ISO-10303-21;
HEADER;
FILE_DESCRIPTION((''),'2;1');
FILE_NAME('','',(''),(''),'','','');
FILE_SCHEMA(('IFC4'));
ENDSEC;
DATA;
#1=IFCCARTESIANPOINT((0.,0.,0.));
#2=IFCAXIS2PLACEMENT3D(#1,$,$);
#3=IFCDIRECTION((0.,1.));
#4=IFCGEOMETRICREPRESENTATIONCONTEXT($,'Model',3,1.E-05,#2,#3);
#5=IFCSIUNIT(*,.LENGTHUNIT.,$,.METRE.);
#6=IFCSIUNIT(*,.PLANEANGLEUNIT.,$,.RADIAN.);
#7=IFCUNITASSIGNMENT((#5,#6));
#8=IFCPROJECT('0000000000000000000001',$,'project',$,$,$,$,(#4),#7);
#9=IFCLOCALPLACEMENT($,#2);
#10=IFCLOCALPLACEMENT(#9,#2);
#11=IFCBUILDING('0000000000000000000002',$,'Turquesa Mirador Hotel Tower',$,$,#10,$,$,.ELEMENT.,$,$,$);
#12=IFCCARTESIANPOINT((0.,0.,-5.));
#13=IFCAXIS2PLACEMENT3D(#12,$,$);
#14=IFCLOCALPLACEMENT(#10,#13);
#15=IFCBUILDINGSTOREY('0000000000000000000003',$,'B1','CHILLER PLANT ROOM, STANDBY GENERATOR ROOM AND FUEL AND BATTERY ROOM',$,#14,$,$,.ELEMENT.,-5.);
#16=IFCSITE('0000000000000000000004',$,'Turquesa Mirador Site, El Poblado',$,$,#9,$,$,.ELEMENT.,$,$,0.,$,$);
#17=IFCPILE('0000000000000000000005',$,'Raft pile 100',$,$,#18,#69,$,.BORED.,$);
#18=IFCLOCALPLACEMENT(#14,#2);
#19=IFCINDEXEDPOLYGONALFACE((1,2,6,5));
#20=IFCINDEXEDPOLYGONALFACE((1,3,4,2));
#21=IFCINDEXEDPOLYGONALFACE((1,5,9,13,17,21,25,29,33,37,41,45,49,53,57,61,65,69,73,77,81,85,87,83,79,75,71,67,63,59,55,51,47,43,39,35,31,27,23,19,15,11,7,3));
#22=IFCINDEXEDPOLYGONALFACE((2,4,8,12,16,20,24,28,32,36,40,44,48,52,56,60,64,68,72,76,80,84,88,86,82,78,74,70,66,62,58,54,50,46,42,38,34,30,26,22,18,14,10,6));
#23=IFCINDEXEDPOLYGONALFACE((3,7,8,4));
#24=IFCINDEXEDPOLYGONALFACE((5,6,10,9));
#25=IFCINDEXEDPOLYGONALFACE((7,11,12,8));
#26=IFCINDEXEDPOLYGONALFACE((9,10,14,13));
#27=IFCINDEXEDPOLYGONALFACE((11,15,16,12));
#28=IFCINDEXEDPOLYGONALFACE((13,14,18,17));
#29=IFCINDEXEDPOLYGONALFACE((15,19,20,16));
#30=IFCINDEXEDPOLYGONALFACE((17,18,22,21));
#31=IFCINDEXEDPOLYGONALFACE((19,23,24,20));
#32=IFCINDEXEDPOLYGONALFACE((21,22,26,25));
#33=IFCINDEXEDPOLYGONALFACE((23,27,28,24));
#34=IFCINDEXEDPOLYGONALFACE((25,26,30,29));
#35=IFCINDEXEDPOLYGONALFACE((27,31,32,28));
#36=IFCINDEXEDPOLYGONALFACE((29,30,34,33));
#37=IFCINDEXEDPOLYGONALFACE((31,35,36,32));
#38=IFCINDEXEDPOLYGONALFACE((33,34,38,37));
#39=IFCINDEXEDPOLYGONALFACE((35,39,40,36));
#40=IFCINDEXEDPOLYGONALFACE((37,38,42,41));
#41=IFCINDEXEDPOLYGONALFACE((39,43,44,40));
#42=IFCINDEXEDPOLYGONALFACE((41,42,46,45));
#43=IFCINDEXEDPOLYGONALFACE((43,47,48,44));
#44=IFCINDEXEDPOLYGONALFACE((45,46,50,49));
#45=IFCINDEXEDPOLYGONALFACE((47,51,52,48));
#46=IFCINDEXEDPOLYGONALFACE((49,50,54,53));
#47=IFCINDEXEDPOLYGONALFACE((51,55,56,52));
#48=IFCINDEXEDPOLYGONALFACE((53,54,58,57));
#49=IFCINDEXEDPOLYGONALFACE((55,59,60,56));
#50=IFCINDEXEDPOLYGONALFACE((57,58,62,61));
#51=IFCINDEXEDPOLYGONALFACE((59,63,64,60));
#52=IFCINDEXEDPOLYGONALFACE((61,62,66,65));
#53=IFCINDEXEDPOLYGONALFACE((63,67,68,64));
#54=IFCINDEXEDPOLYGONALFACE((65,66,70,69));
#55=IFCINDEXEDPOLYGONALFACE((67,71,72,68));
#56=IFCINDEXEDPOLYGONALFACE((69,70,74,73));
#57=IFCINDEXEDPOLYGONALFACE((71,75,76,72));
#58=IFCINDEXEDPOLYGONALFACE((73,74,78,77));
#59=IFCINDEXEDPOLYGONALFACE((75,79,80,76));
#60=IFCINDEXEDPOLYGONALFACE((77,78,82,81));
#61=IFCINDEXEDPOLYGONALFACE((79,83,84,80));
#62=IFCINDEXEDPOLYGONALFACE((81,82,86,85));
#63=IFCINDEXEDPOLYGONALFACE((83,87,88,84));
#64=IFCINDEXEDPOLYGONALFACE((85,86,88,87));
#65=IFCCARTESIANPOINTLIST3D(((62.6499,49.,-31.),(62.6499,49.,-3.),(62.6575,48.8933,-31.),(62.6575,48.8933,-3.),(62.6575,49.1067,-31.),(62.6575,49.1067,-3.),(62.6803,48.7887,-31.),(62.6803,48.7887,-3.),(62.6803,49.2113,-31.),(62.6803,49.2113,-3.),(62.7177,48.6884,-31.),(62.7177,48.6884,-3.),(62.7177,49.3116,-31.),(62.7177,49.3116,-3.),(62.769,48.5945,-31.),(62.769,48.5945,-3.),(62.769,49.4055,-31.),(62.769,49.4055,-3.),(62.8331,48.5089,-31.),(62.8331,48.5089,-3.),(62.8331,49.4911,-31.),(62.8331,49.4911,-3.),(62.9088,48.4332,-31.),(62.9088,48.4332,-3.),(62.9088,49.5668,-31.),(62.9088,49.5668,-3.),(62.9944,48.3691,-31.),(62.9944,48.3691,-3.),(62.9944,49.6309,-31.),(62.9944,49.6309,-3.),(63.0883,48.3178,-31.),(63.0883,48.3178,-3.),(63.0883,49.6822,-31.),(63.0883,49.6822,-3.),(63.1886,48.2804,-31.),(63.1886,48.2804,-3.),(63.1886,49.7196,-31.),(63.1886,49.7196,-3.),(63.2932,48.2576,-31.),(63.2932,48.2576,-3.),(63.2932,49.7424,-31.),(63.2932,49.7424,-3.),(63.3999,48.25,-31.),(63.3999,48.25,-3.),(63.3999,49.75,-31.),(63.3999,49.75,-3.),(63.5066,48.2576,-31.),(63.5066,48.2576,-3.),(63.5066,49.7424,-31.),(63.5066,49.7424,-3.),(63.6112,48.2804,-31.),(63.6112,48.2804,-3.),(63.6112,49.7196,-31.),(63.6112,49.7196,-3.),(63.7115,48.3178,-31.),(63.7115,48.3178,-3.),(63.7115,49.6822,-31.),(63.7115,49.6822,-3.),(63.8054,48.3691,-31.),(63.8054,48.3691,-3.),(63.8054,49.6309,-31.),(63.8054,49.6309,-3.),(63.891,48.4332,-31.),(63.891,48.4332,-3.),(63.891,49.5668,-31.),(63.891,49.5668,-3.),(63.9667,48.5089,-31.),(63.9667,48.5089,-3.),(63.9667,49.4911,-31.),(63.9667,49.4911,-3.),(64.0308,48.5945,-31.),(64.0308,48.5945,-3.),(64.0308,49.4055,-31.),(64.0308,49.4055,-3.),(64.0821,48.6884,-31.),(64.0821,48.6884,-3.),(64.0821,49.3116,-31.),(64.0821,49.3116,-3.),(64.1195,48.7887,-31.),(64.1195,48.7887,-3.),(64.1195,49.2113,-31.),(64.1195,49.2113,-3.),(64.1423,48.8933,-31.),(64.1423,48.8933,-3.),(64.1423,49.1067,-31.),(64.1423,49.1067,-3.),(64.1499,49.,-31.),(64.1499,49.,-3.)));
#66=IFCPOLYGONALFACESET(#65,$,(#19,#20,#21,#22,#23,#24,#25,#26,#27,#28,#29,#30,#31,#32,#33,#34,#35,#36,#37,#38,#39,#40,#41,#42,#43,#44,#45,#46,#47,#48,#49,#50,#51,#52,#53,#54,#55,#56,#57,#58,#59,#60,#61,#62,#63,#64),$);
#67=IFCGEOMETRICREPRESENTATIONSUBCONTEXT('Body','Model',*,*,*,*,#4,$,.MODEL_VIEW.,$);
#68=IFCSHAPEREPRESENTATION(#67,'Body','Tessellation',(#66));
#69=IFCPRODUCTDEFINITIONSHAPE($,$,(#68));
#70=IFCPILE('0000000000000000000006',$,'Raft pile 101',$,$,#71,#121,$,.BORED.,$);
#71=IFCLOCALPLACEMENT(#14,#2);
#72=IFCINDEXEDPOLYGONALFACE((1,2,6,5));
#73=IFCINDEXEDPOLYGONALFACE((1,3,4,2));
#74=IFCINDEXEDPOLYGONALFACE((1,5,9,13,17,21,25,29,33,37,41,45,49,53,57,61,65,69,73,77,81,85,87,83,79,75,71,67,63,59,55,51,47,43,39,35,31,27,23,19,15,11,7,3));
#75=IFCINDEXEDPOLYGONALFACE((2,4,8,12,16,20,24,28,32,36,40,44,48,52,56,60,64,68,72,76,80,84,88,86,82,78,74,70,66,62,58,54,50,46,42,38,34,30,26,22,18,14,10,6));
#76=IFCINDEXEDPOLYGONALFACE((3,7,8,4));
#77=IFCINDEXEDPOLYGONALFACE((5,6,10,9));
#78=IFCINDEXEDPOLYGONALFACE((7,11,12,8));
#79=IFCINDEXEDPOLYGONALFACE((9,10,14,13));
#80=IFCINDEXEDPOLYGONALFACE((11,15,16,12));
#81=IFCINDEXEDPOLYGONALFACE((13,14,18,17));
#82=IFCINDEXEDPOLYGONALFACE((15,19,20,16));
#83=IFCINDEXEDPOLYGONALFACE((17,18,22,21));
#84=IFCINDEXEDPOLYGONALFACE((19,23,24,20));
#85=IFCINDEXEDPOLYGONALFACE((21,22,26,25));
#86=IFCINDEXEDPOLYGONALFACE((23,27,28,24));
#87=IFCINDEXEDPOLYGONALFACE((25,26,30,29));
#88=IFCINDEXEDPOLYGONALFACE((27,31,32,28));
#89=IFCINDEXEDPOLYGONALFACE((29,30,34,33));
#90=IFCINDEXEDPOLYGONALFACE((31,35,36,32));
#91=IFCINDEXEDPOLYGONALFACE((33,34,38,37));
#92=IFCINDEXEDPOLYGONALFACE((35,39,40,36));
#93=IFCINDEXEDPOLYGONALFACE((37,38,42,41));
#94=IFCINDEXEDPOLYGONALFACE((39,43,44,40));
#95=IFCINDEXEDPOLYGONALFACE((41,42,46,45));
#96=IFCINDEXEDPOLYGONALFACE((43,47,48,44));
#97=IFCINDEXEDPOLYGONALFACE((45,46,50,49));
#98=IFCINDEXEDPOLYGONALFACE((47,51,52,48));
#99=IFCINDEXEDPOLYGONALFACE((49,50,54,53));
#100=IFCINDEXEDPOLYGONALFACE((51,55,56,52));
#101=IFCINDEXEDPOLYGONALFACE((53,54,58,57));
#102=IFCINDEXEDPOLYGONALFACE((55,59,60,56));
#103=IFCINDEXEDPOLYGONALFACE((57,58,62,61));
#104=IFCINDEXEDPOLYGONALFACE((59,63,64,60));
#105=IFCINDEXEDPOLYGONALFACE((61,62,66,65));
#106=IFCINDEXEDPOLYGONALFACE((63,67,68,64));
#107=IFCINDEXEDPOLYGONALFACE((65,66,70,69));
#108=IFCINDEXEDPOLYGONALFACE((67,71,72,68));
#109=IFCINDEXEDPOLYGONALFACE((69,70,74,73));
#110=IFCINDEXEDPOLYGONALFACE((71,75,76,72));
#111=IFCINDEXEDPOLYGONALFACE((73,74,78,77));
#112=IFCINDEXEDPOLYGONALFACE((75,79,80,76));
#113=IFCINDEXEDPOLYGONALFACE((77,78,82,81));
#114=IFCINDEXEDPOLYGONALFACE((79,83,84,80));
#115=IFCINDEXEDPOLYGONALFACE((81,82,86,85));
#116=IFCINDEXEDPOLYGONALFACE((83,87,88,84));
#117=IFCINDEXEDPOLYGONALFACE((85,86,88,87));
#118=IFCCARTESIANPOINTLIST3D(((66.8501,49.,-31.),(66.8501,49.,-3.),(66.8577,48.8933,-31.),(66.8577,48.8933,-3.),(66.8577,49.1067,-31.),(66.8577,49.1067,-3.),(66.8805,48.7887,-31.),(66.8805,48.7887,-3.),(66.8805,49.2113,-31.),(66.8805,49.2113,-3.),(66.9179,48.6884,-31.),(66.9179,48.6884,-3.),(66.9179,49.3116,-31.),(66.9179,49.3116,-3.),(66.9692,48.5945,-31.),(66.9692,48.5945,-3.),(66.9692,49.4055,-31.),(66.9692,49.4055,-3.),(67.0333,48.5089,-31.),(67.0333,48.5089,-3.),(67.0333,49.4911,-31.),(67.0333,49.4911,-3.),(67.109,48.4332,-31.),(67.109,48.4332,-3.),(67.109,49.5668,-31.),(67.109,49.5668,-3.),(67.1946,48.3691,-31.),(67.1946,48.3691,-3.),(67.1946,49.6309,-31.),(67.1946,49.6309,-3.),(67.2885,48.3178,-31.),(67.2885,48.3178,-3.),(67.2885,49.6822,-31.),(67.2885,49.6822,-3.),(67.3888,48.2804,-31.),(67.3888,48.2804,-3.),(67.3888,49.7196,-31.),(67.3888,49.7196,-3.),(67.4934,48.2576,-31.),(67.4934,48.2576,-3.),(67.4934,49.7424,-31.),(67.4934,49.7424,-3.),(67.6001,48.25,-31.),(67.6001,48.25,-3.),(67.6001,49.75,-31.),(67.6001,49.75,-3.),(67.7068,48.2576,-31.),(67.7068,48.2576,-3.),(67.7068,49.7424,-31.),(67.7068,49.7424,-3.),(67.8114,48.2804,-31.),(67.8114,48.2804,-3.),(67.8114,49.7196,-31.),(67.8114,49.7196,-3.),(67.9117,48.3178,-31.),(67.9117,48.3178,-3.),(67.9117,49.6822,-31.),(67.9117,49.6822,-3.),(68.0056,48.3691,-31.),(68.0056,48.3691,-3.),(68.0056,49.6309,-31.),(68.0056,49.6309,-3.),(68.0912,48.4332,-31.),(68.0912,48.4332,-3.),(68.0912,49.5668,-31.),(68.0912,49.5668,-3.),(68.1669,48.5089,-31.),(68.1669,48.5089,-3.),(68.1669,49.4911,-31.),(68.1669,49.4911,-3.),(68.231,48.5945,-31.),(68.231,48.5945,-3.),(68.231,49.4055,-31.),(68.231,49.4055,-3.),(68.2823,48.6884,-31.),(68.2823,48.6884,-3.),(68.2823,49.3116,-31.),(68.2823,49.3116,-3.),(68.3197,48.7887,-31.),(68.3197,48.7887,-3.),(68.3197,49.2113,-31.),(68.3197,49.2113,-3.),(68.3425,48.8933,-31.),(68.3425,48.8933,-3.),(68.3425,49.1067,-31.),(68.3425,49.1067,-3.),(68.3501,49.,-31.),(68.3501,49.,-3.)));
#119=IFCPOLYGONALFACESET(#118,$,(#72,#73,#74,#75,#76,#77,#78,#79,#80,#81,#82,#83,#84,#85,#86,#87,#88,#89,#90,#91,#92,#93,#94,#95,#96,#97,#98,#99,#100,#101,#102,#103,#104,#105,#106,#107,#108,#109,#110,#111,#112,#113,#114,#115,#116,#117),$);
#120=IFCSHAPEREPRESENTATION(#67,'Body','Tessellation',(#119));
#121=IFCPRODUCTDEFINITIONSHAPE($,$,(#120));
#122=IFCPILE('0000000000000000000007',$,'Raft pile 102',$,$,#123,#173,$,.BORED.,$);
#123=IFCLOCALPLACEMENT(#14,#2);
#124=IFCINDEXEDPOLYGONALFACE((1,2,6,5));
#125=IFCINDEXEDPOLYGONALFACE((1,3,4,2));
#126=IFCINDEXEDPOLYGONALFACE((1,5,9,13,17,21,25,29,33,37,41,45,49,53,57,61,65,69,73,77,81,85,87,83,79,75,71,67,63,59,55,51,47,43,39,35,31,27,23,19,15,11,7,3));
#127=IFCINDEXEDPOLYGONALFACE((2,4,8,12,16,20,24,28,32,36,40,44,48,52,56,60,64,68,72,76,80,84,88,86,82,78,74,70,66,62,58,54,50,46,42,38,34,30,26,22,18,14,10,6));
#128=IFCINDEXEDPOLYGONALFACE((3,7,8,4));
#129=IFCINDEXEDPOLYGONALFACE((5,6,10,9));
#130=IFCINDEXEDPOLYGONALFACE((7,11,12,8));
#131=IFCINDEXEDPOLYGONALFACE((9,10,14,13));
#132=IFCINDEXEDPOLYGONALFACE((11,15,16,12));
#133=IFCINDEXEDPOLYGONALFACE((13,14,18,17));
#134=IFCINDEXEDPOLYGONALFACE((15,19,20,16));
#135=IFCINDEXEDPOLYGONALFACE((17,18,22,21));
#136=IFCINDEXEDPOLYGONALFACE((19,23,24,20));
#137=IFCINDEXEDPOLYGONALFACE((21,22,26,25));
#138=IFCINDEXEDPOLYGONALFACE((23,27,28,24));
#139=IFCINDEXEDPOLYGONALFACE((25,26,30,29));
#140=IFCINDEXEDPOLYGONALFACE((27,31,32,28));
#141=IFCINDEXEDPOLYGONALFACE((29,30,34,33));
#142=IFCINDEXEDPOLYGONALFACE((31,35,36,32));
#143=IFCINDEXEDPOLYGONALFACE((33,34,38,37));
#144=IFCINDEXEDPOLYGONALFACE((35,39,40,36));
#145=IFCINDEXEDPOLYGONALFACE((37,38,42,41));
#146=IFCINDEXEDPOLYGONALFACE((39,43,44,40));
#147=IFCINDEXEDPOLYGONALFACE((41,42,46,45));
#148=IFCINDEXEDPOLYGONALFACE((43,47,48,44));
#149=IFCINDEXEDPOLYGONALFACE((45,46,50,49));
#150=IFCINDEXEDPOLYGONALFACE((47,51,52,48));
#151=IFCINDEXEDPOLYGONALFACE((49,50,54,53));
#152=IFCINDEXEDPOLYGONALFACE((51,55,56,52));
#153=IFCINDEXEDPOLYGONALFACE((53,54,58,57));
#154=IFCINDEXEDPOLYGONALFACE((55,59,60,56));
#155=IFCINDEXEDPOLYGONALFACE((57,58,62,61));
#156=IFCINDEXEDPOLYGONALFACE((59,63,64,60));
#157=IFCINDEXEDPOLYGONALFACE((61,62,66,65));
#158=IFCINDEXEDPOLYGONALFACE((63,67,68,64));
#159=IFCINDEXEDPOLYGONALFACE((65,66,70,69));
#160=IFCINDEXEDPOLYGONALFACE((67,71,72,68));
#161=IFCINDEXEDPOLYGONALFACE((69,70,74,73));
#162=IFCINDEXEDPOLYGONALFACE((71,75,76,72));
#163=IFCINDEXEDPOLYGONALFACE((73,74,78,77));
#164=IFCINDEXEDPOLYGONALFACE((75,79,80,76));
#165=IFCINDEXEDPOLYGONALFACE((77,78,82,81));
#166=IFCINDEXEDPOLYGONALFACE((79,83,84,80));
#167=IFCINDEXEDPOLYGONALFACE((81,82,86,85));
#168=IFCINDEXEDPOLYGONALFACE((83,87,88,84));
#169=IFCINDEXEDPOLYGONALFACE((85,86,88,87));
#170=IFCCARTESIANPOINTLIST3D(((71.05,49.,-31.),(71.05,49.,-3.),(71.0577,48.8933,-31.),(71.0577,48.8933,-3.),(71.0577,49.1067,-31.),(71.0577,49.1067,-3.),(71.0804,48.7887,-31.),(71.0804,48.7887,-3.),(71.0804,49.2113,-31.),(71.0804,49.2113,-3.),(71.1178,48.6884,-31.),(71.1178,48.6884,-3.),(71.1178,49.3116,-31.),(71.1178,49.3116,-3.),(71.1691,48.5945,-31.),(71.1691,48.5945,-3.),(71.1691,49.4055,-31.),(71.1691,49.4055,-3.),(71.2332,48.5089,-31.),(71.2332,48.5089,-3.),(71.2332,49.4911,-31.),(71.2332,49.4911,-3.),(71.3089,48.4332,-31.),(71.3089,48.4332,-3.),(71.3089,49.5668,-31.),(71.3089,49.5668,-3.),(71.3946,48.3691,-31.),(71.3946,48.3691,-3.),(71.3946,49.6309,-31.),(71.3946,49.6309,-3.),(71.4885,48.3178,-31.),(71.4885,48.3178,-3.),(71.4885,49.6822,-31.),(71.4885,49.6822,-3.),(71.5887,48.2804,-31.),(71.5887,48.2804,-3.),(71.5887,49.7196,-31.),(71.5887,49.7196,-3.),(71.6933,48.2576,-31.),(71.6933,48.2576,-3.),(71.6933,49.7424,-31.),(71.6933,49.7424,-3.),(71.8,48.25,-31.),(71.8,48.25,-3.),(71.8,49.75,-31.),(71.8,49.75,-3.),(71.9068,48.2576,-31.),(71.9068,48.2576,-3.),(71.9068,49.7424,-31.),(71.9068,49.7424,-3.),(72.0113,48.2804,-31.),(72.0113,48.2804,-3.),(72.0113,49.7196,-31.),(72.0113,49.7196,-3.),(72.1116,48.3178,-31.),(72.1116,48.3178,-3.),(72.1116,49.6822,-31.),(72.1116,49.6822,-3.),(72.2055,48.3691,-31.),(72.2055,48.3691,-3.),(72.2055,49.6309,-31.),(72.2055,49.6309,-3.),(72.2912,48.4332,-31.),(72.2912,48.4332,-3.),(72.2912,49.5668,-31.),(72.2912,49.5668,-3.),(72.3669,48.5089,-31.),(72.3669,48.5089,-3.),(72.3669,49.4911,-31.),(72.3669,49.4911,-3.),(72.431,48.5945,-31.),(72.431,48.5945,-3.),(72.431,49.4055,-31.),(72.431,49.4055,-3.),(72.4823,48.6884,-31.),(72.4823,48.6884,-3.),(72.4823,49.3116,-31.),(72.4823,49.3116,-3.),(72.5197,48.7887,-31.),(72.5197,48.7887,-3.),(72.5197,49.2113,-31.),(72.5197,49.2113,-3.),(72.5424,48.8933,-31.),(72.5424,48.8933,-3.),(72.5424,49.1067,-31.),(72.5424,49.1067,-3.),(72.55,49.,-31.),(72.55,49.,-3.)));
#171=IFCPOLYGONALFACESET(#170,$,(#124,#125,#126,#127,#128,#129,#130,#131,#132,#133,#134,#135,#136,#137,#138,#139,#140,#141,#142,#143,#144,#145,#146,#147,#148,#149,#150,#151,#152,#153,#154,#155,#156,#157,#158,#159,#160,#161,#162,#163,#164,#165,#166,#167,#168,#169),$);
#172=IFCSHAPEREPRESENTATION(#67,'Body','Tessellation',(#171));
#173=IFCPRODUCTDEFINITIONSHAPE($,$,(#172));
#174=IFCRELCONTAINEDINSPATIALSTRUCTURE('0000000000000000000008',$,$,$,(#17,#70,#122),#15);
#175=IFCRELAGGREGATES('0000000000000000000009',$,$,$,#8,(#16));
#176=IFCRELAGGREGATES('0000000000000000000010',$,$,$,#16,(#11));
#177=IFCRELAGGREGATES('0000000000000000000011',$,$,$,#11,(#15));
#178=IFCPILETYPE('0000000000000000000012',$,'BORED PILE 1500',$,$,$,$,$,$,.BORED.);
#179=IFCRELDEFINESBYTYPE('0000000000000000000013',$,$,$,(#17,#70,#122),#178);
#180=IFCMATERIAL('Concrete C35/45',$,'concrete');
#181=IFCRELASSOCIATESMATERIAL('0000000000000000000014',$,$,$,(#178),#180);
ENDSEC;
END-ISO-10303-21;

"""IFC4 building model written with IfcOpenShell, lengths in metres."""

from ifc_helpers import new_model, si_unit, direction, frame, origin, origin_2d, place, context, subcontext, project, spatial, circle, extrude, material, type_object, element, save


model = new_model("IFC4")

# Units and contexts
model_context = context("Model", 3, precision=1e-05, world=origin(), true_north=direction((0.0, 1.0)))
body_context = subcontext(model_context, "Body", "Model", "MODEL_VIEW")
ifc_project = project(units=[si_unit("LENGTHUNIT", "METRE"), si_unit("PLANEANGLEUNIT", "RADIAN")], contexts=[model_context])

# Site, building, storey
site_placement = place(None, origin())
site = spatial("IfcSite", under=ifc_project, at=site_placement, Name="Turquesa Mirador Site, El Poblado", CompositionType="ELEMENT", RefElevation=0.0)
building_placement = place(site_placement, origin())
building = spatial("IfcBuilding", under=site, at=building_placement, Name="Turquesa Mirador Hotel Tower", CompositionType="ELEMENT")
storey_placement = place(building_placement, frame((0.0, 0.0, -5.0)))
storey = spatial("IfcBuildingStorey", under=building, at=storey_placement, Name="B1", Description="CHILLER PLANT ROOM, STANDBY GENERATOR ROOM AND FUEL AND BATTERY ROOM", CompositionType="ELEMENT", Elevation=-5.0)

# Piles
ifc_material_1 = material(Name="Concrete C35/45", Category="concrete")
pile_type = type_object("IfcPileType", Name="BORED PILE 1500", PredefinedType="BORED", material=ifc_material_1)
for number, where, z_axis, x_axis, name in (
    (1, (63.3999, 49.0, -3.0), (0.0, 0.0, -1.0), (1.0, 0.0, 0.0), "Raft pile 100"),
    (2, (67.6001, 49.0, -3.0), (0.0, 0.0, -1.0), (1.0, 0.0, 0.0), "Raft pile 101"),
    (3, (71.8, 49.0, -3.0), (0.0, 0.0, -1.0), (1.0, 0.0, 0.0), "Raft pile 102"),
):
    element("IfcPile", number, at=place(storey_placement, frame(where, z_axis=z_axis, x_axis=x_axis)), inside=storey, type_object=pile_type, Name=name, PredefinedType="BORED", context=body_context, shape_type="SweptSolid", body=[
        extrude(circle(Radius=0.75, at=origin_2d()), origin(), (0.0, 0.0, 1.0), 28.0),
    ])

save(model, "model.ifc")
